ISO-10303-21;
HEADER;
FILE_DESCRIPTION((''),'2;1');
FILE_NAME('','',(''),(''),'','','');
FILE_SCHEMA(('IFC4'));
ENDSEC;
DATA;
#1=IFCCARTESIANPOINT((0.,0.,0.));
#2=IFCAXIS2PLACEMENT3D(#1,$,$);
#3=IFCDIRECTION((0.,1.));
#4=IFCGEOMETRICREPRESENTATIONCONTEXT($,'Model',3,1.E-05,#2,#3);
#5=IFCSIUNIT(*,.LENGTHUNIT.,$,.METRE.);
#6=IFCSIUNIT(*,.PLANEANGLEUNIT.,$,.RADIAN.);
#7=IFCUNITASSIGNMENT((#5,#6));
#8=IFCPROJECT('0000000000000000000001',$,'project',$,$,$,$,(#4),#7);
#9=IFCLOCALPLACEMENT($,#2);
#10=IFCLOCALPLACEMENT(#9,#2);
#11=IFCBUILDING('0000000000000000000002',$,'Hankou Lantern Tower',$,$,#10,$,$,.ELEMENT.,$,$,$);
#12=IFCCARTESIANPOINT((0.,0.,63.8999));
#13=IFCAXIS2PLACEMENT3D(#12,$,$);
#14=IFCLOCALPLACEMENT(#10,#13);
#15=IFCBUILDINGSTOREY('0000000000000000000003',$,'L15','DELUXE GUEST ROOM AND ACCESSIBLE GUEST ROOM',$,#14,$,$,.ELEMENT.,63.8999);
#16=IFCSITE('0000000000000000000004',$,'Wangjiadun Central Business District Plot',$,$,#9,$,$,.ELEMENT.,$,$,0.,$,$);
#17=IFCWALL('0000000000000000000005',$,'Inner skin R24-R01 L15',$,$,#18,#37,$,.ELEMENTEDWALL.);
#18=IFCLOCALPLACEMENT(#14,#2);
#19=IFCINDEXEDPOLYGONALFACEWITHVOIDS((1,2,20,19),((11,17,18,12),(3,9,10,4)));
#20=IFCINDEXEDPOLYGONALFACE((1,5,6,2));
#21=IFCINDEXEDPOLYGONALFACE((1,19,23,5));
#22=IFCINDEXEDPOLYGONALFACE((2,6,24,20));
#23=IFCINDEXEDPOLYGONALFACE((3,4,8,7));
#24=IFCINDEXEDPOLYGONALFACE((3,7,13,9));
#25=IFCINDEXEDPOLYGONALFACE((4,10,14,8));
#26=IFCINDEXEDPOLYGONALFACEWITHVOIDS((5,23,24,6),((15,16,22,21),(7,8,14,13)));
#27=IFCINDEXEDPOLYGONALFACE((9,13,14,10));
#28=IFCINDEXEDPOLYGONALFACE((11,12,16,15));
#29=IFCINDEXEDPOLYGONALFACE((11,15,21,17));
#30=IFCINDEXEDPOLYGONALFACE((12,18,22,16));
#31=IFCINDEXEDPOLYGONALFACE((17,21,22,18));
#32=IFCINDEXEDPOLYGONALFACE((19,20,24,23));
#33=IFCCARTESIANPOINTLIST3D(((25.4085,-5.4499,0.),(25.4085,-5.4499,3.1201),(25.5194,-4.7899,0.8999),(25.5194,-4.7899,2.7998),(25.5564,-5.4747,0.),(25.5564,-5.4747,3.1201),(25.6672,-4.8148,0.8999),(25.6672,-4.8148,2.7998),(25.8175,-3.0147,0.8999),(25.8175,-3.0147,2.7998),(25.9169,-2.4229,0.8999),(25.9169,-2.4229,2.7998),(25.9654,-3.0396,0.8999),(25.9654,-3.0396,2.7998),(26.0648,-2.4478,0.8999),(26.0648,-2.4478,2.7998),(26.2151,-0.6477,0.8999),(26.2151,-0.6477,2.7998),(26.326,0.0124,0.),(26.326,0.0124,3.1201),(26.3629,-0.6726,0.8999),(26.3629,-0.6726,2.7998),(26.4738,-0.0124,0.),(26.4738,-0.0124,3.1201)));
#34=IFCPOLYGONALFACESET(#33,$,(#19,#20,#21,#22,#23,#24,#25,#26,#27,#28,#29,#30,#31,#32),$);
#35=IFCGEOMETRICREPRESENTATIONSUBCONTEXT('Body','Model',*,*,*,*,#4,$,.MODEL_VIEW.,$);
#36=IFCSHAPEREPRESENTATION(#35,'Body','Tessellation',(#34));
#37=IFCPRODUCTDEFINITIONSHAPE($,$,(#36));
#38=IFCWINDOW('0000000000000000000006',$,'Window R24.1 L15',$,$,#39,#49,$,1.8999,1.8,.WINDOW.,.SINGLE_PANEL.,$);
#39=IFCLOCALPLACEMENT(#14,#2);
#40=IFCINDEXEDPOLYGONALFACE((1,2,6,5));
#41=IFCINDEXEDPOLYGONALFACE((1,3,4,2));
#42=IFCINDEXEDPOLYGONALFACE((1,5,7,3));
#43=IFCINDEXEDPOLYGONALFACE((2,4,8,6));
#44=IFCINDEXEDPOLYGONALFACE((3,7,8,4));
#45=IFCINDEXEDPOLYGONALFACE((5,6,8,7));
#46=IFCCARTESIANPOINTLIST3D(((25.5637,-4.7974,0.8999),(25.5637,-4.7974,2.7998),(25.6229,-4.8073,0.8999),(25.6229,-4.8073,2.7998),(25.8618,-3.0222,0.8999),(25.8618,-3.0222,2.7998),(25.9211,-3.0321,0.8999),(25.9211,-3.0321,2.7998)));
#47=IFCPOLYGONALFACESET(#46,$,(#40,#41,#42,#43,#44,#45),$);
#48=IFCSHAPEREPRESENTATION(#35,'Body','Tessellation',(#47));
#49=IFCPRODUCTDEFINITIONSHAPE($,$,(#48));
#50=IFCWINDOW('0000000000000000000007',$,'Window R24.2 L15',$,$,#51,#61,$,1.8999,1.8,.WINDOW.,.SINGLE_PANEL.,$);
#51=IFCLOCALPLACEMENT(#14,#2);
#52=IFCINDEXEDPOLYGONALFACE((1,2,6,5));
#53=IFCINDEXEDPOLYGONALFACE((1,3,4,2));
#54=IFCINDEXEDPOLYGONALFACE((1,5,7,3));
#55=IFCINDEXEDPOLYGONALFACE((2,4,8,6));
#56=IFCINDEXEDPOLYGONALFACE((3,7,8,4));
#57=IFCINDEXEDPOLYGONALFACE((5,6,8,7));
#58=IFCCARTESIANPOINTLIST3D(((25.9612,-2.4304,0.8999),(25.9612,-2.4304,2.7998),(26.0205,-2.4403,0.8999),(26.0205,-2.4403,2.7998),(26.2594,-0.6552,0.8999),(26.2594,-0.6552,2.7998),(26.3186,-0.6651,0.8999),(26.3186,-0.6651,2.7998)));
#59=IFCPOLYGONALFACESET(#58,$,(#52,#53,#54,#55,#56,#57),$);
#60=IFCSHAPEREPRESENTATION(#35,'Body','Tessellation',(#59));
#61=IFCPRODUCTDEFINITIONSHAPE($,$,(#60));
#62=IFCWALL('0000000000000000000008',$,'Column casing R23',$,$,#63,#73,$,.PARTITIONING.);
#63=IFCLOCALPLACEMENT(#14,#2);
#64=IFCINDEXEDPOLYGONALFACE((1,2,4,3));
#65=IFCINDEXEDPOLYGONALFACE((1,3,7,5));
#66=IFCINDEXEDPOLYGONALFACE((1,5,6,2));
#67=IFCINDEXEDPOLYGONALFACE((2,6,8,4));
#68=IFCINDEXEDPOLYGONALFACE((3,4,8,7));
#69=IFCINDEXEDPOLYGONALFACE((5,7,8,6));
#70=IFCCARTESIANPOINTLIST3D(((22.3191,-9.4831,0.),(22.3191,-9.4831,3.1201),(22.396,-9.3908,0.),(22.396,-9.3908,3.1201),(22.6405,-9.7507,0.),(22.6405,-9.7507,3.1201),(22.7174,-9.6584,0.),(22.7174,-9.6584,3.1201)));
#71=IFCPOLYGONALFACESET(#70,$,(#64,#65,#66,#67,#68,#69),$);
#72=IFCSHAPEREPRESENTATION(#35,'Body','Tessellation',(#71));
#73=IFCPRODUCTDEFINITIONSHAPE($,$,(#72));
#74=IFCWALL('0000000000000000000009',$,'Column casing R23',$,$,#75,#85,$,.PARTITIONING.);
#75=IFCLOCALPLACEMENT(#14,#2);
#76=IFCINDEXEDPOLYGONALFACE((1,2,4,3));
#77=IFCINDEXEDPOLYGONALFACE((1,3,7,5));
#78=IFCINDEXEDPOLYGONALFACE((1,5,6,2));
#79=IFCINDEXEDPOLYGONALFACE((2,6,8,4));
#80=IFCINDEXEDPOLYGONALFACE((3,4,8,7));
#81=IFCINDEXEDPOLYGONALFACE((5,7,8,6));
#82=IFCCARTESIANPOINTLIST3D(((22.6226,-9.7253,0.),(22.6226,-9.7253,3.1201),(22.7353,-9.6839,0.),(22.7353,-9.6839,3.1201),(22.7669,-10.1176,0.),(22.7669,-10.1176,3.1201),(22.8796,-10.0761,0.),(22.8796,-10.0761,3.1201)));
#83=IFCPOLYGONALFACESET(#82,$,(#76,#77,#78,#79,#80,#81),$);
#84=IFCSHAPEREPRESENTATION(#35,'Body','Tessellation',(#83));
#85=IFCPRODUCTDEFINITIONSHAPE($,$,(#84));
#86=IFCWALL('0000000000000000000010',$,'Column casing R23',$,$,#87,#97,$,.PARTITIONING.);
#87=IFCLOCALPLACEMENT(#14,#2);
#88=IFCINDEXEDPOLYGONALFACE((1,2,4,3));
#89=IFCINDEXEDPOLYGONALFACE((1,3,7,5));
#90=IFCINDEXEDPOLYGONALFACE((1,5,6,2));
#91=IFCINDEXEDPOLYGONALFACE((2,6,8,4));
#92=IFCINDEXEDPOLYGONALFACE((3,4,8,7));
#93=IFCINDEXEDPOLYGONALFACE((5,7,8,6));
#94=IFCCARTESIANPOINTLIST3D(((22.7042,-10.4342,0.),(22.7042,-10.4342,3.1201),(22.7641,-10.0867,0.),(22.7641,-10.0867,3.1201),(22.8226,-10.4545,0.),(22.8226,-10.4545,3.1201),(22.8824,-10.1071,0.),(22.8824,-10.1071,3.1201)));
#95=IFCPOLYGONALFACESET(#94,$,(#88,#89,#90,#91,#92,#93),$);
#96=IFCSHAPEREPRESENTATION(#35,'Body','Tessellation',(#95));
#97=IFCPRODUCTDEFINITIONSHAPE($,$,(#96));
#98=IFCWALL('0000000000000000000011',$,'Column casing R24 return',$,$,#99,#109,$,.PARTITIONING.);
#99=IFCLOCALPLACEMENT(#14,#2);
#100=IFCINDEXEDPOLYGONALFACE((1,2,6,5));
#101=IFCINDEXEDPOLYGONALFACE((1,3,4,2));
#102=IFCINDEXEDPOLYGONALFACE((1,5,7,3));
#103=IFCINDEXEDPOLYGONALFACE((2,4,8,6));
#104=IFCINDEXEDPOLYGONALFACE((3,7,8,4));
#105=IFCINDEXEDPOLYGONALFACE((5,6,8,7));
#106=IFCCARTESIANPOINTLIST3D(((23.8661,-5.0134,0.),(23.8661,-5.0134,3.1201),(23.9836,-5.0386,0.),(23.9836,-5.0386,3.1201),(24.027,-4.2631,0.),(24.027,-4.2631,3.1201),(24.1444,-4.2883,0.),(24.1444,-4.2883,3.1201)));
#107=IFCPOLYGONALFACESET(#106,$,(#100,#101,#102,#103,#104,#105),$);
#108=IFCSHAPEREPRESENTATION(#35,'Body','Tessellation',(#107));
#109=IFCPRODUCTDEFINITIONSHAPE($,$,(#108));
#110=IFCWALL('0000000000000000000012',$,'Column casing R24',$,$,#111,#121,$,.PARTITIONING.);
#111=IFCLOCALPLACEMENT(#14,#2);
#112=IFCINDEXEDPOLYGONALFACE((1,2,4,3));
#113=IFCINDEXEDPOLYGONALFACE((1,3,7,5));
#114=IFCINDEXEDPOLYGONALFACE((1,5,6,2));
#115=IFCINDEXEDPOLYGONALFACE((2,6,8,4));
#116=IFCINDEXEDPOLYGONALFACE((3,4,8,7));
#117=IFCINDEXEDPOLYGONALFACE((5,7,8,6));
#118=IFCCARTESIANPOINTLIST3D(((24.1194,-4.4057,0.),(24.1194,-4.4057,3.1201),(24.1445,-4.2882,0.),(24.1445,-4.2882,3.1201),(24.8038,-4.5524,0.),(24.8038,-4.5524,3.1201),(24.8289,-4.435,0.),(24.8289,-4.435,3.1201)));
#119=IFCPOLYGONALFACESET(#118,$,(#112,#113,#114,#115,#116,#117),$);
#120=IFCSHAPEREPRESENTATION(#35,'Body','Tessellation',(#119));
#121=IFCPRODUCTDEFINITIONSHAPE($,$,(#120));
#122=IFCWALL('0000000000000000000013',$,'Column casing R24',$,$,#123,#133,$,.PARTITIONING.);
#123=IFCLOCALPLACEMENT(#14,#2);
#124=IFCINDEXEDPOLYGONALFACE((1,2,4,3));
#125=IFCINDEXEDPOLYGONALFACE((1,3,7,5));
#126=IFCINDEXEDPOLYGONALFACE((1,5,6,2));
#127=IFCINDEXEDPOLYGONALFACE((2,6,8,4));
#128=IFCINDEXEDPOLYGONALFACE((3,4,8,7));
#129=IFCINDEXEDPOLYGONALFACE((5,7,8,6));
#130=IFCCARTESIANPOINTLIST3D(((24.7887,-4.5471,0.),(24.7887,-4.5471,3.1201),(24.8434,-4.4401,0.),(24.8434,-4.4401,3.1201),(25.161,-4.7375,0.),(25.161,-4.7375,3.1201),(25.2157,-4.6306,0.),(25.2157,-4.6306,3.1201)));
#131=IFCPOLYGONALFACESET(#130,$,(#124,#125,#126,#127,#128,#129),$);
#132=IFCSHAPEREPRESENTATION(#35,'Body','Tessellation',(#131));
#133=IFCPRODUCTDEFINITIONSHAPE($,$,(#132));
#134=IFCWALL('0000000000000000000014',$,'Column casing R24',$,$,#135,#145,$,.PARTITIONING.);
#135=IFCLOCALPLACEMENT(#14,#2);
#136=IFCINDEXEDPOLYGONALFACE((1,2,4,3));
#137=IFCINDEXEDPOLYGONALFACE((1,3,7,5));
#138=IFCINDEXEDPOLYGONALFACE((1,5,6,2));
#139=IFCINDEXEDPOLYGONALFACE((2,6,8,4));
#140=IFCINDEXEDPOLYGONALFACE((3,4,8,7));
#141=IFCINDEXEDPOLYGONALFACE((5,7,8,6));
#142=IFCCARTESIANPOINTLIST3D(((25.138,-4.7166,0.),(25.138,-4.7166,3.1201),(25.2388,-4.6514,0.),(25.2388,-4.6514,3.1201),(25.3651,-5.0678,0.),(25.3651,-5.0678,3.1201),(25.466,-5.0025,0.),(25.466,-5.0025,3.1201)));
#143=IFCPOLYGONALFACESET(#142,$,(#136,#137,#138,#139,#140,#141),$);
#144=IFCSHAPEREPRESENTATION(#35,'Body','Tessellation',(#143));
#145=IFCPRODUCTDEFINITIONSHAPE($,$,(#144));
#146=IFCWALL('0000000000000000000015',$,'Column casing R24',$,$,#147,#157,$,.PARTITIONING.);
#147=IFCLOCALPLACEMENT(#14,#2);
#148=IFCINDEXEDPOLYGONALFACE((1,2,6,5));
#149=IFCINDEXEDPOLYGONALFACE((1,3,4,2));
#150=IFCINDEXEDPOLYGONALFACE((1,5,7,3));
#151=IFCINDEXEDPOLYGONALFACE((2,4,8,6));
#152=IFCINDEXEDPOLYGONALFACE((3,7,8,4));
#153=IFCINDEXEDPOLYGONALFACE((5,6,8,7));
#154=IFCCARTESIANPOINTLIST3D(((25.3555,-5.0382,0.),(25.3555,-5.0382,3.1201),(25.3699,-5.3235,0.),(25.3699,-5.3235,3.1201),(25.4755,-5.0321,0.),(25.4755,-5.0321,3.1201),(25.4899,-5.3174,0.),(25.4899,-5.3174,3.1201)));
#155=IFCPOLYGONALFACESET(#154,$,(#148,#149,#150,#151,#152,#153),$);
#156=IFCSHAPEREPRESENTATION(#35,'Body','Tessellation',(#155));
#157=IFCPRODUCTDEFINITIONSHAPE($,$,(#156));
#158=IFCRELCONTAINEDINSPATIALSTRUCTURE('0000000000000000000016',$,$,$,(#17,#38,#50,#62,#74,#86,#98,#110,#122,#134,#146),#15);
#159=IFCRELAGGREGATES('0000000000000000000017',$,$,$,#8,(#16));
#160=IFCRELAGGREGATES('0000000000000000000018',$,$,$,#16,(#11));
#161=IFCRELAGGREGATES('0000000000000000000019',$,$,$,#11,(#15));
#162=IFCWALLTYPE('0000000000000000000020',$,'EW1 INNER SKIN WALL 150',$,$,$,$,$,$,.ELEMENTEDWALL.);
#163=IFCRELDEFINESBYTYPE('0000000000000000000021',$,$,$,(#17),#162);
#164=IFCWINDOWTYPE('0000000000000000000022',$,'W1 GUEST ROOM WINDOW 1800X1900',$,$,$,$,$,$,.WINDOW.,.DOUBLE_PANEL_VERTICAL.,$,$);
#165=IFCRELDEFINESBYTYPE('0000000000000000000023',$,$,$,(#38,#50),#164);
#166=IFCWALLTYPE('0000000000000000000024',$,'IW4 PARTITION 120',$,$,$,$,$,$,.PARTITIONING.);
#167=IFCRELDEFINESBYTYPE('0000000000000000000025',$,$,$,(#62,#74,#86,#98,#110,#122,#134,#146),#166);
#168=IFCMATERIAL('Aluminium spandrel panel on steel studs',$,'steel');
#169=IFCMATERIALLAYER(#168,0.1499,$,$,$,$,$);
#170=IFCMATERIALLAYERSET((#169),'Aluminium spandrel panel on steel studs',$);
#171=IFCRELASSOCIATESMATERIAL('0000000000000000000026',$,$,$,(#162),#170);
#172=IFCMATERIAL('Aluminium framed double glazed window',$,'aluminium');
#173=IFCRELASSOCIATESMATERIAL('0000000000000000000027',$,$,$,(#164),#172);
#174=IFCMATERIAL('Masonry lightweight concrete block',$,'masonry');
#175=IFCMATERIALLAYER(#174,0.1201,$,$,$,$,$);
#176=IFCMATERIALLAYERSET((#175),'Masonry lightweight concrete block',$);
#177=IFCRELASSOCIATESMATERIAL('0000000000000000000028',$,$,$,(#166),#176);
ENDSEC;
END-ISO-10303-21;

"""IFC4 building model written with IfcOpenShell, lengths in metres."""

from ifc_helpers import new_model, si_unit, direction, frame, frame_2d, origin, place, context, subcontext, project, spatial, rectangle, extrude, material, layer, layer_set, type_object, element, fill, save


model = new_model("IFC4")

# Units and contexts
model_context = context("Model", 3, precision=1e-05, world=origin(), true_north=direction((0.0, 1.0)))
body_context = subcontext(model_context, "Body", "Model", "MODEL_VIEW")
ifc_project = project(units=[si_unit("LENGTHUNIT", "METRE"), si_unit("PLANEANGLEUNIT", "RADIAN")], contexts=[model_context])

# Site, building, storey
site_placement = place(None, origin())
site = spatial("IfcSite", under=ifc_project, at=site_placement, Name="Wangjiadun Central Business District Plot", CompositionType="ELEMENT", RefElevation=0.0)
building_placement = place(site_placement, origin())
building = spatial("IfcBuilding", under=site, at=building_placement, Name="Hankou Lantern Tower", CompositionType="ELEMENT")
storey_placement = place(building_placement, frame((0.0, 0.0, 63.8999)))
storey = spatial("IfcBuildingStorey", under=building, at=storey_placement, Name="L15", Description="DELUXE GUEST ROOM AND ACCESSIBLE GUEST ROOM", CompositionType="ELEMENT", Elevation=63.8999)

# Wall, openings, windows
ifc_material_1 = material(Name="Aluminium spandrel panel on steel studs", Category="steel")
ifc_layer_1 = layer(ifc_material_1, 0.1499)
ifc_layer_set_1 = layer_set([ifc_layer_1], Name="Aluminium spandrel panel on steel studs")
wall_type_1 = type_object("IfcWallType", Name="EW1 INNER SKIN WALL 150", PredefinedType="ELEMENTEDWALL", material=ifc_layer_set_1)
wall_1_placement = place(storey_placement, frame((25.4824, -5.4624, 0.0), z_axis=(0.0, 0.0, 1.0), x_axis=(0.165643, 0.986186, 0.0)))
wall_1 = element("IfcWall", 1, at=wall_1_placement, inside=storey, type_object=wall_type_1, Name="Inner skin R24-R01 L15", PredefinedType="ELEMENTEDWALL", context=body_context, shape_type="SweptSolid", body=[
    extrude(rectangle(XDim=5.5388, YDim=0.1499, at=frame_2d((2.7695, 0.0))), origin(), (0.0, 0.0, 1.0), 3.1201),
])
opening_1_placement = place(wall_1_placement, frame((0.6694, 0.0, 0.8999)))
opening_1 = element("IfcOpeningElement", 2, at=opening_1_placement, cuts=wall_1, PredefinedType="OPENING", context=body_context, shape_type="SweptSolid", body=[
    extrude(rectangle(XDim=1.8, YDim=1.8999, at=frame_2d((0.8999, 0.95))), frame((0.0, 0.085, 0.0), z_axis=(0.0, -1.0, 0.0), x_axis=(1.0, 0.0, 0.0)), (0.0, 0.0, 1.0), 0.1699),
])
opening_2_placement = place(wall_1_placement, frame((3.0696, 0.0, 0.8999)))
opening_2 = element("IfcOpeningElement", 3, at=opening_2_placement, cuts=wall_1, PredefinedType="OPENING", context=body_context, shape_type="SweptSolid", body=[
    extrude(rectangle(XDim=1.8, YDim=1.8999, at=frame_2d((0.8999, 0.95))), frame((0.0, 0.085, 0.0), z_axis=(0.0, -1.0, 0.0), x_axis=(1.0, 0.0, 0.0)), (0.0, 0.0, 1.0), 0.1699),
])
ifc_material_2 = material(Name="Aluminium framed double glazed window", Category="aluminium")
window_type = type_object("IfcWindowType", Name="W1 GUEST ROOM WINDOW 1800X1900", PartitioningType="DOUBLE_PANEL_VERTICAL", PredefinedType="WINDOW", material=ifc_material_2)
window_1_placement = place(opening_1_placement, origin())
window_1 = element("IfcWindow", 4, at=window_1_placement, inside=storey, type_object=window_type, Name="Window R24.1 L15", OverallHeight=1.8999, OverallWidth=1.8, PartitioningType="SINGLE_PANEL", PredefinedType="WINDOW", context=body_context, shape_type="SweptSolid", body=[
    extrude(rectangle(XDim=1.8, YDim=1.8999, at=frame_2d((0.8999, 0.95))), frame((0.0, 0.03, 0.0), z_axis=(0.0, -1.0, 0.0), x_axis=(1.0, 0.0, 0.0)), (0.0, 0.0, 1.0), 0.0601),
])
fill(opening_1, window_1)
window_2_placement = place(opening_2_placement, origin())
window_2 = element("IfcWindow", 5, at=window_2_placement, inside=storey, type_object=window_type, Name="Window R24.2 L15", OverallHeight=1.8999, OverallWidth=1.8, PartitioningType="SINGLE_PANEL", PredefinedType="WINDOW", context=body_context, shape_type="SweptSolid", body=[
    extrude(rectangle(XDim=1.8, YDim=1.8999, at=frame_2d((0.8999, 0.95))), frame((0.0, 0.03, 0.0), z_axis=(0.0, -1.0, 0.0), x_axis=(1.0, 0.0, 0.0)), (0.0, 0.0, 1.0), 0.0601),
])
fill(opening_2, window_2)

# Walls
ifc_material_3 = material(Name="Masonry lightweight concrete block", Category="masonry")
ifc_layer_2 = layer(ifc_material_3, 0.1201)
ifc_layer_set_2 = layer_set([ifc_layer_2], Name="Masonry lightweight concrete block")
wall_type_2 = type_object("IfcWallType", Name="IW4 PARTITION 120", PredefinedType="PARTITIONING", material=ifc_layer_set_2)
wall_2_placement = place(storey_placement, frame((22.3577, -9.437, 0.0), z_axis=(0.0, 0.0, 1.0), x_axis=(0.768413, -0.639955, 0.0)))
element("IfcWall", 6, at=wall_2_placement, inside=storey, type_object=wall_type_2, Name="Column casing R23", PredefinedType="PARTITIONING", context=body_context, shape_type="SweptSolid", body=[
    extrude(rectangle(XDim=0.4182, YDim=0.1201, at=frame_2d((0.209, 0.0))), origin(), (0.0, 0.0, 1.0), 3.1201),
])
wall_3_placement = place(storey_placement, frame((22.679, -9.7046, 0.0), z_axis=(0.0, 0.0, 1.0), x_axis=(0.345164, -0.938542, 0.0)))
element("IfcWall", 7, at=wall_3_placement, inside=storey, type_object=wall_type_2, Name="Column casing R23", PredefinedType="PARTITIONING", context=body_context, shape_type="SweptSolid", body=[
    extrude(rectangle(XDim=0.418, YDim=0.1201, at=frame_2d((0.209, 0.0))), origin(), (0.0, 0.0, 1.0), 3.1201),
])
wall_4_placement = place(storey_placement, frame((22.8232, -10.0969, 0.0), z_axis=(0.0, 0.0, 1.0), x_axis=(-0.169675, -0.9855, 0.0)))
element("IfcWall", 8, at=wall_4_placement, inside=storey, type_object=wall_type_2, Name="Column casing R23", PredefinedType="PARTITIONING", context=body_context, shape_type="SweptSolid", body=[
    extrude(rectangle(XDim=0.3525, YDim=0.1201, at=frame_2d((0.1763, 0.0))), origin(), (0.0, 0.0, 1.0), 3.1201),
])
wall_5_placement = place(storey_placement, frame((23.9248, -5.0261, 0.0), z_axis=(0.0, 0.0, 1.0), x_axis=(0.209681, 0.97777, 0.0)))
element("IfcWall", 9, at=wall_5_placement, inside=storey, type_object=wall_type_2, Name="Column casing R24 return", PredefinedType="PARTITIONING", context=body_context, shape_type="SweptSolid", body=[
    extrude(rectangle(XDim=0.7673, YDim=0.1201, at=frame_2d((0.3838, 0.0))), origin(), (0.0, 0.0, 1.0), 3.1201),
])
wall_6_placement = place(storey_placement, frame((24.1318, -4.3469, 0.0), z_axis=(0.0, 0.0, 1.0), x_axis=(0.977777, -0.209648, 0.0)))
element("IfcWall", 10, at=wall_6_placement, inside=storey, type_object=wall_type_2, Name="Column casing R24", PredefinedType="PARTITIONING", context=body_context, shape_type="SweptSolid", body=[
    extrude(rectangle(XDim=0.7, YDim=0.1201, at=frame_2d((0.3501, 0.0))), origin(), (0.0, 0.0, 1.0), 3.1201),
])
for number, where, z_axis, x_axis, name in (
    (11, (24.8162, -4.4937, 0.0), (0.0, 0.0, 1.0), (0.890303, -0.455368, 0.0), "Column casing R24"),
    (12, (25.1885, -4.6841, 0.0), (0.0, 0.0, 1.0), (0.543058, -0.839695, 0.0), "Column casing R24"),
):
    element("IfcWall", number, at=place(storey_placement, frame(where, z_axis=z_axis, x_axis=x_axis)), inside=storey, type_object=wall_type_2, Name=name, PredefinedType="PARTITIONING", context=body_context, shape_type="SweptSolid", body=[
        extrude(rectangle(XDim=0.4182, YDim=0.1201, at=frame_2d((0.209, 0.0))), origin(), (0.0, 0.0, 1.0), 3.1201),
    ])
wall_7_placement = place(storey_placement, frame((25.4155, -5.0352, 0.0), z_axis=(0.0, 0.0, 1.0), x_axis=(0.050406, -0.998729, 0.0)))
element("IfcWall", 13, at=wall_7_placement, inside=storey, type_object=wall_type_2, Name="Column casing R24", PredefinedType="PARTITIONING", context=body_context, shape_type="SweptSolid", body=[
    extrude(rectangle(XDim=0.2856, YDim=0.1201, at=frame_2d((0.1428, 0.0))), origin(), (0.0, 0.0, 1.0), 3.1201),
])

save(model, "model.ifc")
